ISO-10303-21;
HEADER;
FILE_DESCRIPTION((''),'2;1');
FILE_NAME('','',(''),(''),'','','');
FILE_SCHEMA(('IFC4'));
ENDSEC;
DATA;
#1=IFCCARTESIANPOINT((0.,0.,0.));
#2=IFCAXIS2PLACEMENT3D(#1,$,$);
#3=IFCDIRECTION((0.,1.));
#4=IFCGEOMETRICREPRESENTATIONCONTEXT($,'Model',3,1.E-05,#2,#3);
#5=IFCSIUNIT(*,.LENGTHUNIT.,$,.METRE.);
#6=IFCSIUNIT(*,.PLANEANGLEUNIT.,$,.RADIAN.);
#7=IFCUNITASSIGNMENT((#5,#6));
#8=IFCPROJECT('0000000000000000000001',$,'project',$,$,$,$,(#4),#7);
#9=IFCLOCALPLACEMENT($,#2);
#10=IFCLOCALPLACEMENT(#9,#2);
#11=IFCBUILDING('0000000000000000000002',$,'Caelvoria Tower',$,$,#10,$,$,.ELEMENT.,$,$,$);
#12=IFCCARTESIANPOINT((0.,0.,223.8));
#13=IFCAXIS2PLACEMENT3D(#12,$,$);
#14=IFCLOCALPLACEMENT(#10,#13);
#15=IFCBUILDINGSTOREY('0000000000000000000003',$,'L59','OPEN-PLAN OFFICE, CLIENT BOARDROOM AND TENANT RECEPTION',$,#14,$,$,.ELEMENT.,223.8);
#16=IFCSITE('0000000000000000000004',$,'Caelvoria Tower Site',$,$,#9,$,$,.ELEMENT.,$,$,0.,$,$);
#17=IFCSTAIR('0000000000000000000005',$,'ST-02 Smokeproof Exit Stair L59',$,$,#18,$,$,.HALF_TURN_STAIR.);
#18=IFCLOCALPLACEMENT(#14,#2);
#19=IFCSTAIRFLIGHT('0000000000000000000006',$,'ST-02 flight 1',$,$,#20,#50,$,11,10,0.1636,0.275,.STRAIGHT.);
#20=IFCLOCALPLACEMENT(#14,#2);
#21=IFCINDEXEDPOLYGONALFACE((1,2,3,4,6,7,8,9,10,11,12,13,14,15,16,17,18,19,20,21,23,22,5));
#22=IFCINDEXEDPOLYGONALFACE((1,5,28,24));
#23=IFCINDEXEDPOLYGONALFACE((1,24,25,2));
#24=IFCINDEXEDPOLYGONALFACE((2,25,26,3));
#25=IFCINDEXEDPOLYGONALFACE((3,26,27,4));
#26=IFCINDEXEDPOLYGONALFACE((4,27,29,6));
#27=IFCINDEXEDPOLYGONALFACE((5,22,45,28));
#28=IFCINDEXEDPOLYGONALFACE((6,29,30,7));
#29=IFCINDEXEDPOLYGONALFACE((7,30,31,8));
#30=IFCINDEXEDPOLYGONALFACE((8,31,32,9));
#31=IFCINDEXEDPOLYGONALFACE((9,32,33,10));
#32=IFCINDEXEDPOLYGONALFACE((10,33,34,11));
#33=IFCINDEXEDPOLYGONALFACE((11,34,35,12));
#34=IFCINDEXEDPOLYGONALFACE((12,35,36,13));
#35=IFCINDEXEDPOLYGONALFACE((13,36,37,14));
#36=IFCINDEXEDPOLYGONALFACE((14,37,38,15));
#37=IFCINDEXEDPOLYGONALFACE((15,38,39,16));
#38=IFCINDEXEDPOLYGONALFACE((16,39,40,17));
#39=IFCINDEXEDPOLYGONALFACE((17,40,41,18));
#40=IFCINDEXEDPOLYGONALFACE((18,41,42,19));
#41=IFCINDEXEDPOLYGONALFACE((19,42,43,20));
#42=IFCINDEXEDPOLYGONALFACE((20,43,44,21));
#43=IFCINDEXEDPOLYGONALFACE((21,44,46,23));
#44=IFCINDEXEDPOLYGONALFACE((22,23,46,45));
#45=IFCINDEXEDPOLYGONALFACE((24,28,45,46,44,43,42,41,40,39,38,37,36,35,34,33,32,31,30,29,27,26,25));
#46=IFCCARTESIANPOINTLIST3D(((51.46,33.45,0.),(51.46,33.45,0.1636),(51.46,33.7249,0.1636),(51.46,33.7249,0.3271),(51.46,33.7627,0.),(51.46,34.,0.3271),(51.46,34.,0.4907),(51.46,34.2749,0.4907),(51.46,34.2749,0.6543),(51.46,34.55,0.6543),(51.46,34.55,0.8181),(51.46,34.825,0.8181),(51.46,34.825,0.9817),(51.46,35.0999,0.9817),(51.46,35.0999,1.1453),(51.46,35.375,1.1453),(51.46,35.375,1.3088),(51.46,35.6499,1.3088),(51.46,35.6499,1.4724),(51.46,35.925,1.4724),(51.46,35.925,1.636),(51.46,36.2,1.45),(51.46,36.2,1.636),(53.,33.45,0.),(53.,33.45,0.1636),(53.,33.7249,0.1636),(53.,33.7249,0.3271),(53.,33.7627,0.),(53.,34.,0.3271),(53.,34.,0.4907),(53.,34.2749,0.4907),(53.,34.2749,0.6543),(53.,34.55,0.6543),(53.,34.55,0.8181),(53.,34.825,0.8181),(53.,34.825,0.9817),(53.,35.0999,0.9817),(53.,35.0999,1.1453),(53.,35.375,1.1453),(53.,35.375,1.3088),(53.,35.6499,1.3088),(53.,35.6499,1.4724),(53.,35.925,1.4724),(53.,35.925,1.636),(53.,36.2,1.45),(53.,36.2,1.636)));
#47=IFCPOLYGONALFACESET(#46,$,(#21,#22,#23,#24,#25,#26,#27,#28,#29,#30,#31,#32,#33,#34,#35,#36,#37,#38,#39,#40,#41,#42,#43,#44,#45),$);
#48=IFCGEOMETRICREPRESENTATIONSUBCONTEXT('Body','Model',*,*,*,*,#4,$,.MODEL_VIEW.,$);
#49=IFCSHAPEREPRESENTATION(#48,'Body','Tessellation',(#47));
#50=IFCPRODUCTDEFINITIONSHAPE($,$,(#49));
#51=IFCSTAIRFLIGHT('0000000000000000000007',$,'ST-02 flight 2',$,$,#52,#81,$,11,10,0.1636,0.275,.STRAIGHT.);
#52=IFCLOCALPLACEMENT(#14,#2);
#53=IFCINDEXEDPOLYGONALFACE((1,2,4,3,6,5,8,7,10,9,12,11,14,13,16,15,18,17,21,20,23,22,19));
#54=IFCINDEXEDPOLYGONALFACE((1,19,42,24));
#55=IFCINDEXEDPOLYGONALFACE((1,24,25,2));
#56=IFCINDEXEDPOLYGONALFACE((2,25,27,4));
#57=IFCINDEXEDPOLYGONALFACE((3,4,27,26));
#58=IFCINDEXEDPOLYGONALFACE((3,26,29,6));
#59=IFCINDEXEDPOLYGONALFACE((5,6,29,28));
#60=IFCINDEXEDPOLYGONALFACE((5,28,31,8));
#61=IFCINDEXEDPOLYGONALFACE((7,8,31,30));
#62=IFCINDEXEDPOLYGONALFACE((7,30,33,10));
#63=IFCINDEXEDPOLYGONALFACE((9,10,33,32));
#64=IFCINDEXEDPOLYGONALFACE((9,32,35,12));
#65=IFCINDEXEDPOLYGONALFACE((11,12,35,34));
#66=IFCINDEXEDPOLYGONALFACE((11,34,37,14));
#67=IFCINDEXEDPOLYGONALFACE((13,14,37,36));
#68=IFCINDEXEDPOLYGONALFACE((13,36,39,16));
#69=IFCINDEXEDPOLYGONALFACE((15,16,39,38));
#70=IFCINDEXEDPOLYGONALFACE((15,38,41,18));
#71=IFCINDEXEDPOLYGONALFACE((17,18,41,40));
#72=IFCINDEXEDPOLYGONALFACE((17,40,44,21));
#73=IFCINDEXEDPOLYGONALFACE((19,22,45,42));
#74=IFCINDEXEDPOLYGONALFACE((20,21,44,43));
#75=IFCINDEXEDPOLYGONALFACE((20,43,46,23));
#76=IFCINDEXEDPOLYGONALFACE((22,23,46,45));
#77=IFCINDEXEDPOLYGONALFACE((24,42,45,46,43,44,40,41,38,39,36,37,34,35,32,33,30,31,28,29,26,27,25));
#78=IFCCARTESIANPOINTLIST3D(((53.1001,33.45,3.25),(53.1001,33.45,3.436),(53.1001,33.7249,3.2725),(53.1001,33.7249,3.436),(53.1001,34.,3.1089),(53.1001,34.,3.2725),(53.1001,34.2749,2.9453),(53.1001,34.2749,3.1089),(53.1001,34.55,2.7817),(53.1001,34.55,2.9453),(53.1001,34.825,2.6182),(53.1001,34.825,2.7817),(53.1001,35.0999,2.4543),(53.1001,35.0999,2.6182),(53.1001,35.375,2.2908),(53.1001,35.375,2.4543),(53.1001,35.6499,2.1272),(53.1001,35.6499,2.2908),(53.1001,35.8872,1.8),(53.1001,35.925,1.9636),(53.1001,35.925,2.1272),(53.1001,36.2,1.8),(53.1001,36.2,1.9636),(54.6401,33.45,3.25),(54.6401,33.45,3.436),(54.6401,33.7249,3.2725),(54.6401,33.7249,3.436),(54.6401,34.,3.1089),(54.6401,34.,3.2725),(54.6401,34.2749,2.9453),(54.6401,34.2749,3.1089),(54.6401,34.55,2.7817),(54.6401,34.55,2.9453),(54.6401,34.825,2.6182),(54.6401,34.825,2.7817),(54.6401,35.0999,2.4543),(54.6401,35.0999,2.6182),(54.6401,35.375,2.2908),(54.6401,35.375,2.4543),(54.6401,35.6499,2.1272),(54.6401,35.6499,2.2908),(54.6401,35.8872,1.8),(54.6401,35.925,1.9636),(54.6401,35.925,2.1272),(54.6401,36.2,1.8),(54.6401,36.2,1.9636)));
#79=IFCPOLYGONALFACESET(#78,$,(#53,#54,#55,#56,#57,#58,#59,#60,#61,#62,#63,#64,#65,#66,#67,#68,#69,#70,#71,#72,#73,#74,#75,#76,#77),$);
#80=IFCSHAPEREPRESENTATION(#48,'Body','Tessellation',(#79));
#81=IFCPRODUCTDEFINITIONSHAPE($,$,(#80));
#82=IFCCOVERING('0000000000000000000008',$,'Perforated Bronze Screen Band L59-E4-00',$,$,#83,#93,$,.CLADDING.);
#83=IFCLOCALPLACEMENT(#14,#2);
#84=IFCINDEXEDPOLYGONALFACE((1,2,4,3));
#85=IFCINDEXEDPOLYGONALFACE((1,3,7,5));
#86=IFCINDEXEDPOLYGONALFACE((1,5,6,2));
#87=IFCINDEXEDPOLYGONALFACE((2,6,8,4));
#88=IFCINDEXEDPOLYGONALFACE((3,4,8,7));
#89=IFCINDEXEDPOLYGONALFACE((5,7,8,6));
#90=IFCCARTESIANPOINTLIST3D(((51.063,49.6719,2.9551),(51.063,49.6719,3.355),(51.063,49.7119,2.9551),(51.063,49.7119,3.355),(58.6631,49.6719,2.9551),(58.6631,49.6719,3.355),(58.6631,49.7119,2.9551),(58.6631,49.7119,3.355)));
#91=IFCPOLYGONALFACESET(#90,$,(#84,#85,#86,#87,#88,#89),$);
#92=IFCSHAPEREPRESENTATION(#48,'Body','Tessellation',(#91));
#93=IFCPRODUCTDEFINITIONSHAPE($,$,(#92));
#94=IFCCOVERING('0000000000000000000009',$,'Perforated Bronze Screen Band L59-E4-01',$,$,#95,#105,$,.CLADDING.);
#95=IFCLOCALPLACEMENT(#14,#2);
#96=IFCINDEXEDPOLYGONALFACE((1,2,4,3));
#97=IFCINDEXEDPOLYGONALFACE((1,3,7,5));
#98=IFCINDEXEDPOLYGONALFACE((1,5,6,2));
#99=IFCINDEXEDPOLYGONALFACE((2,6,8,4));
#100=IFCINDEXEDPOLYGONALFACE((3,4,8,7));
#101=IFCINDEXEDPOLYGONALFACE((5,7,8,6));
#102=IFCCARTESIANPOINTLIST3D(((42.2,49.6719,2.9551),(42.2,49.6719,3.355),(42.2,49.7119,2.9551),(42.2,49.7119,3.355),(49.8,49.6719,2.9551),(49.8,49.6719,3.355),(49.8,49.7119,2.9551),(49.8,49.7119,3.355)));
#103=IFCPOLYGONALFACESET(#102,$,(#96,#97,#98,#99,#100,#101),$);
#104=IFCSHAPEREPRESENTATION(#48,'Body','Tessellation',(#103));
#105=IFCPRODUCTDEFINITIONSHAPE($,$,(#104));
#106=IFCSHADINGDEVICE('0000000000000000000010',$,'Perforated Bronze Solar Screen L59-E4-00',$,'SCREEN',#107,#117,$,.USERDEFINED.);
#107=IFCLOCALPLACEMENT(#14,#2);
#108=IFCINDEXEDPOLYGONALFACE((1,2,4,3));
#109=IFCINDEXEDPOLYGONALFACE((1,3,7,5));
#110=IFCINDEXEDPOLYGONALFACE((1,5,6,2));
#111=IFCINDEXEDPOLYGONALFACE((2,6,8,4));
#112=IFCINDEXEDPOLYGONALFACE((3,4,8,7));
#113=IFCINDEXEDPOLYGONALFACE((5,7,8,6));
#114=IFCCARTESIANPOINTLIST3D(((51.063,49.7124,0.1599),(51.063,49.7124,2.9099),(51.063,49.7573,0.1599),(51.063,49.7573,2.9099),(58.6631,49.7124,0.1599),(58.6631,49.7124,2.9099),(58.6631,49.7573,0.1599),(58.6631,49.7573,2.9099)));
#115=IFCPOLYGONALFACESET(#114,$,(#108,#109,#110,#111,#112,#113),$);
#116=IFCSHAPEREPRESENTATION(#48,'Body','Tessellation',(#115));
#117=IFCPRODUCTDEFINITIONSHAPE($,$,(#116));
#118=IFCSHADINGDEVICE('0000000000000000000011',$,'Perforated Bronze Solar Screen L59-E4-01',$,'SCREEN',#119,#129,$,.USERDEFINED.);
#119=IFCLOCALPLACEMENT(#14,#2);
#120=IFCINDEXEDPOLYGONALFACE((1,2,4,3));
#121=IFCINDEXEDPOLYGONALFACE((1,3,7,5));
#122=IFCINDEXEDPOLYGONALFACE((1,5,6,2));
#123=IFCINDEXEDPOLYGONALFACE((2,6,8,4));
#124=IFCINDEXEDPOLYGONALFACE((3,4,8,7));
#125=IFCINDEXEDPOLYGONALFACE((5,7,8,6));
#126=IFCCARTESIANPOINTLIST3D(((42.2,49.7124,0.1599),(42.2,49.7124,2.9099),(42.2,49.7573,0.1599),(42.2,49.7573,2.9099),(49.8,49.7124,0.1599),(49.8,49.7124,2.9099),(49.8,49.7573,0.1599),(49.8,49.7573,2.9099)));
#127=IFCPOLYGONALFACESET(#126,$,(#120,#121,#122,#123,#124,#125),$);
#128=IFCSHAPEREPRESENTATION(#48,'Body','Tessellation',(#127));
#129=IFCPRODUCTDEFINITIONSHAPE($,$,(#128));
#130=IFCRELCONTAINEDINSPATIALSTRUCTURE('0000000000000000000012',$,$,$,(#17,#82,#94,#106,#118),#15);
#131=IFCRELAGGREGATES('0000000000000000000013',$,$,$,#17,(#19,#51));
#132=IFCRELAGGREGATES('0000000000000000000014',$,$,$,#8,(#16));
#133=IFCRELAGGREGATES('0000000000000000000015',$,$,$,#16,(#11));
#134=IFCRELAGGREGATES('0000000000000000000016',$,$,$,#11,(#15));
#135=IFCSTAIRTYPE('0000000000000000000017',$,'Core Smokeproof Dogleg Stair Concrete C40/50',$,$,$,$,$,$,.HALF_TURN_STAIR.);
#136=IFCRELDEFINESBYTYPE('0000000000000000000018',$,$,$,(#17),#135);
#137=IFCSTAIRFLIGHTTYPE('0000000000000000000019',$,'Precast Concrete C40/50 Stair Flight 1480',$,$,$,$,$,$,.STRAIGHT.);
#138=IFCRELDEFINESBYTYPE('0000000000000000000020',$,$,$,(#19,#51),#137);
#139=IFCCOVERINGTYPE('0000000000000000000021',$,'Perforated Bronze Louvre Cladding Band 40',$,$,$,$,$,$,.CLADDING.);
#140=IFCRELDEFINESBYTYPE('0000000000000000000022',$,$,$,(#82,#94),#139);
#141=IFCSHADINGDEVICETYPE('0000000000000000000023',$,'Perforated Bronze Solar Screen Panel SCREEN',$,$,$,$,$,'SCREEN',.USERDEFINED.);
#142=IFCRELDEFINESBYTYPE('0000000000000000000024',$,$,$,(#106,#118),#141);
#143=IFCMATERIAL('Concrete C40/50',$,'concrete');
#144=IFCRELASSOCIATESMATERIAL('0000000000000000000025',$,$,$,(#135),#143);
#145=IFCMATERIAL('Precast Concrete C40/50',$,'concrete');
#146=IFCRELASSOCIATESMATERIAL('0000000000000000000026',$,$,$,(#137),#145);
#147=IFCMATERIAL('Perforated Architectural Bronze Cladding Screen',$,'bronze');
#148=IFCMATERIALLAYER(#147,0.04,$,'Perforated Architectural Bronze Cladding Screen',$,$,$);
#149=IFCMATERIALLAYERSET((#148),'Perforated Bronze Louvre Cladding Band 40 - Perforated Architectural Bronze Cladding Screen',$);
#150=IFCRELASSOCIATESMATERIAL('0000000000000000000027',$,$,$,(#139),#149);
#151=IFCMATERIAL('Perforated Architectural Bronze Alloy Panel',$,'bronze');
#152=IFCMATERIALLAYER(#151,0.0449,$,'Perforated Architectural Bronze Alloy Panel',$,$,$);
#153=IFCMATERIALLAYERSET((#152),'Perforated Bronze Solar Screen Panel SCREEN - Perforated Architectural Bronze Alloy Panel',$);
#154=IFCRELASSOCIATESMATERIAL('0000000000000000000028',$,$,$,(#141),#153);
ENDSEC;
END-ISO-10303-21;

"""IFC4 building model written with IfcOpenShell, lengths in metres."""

from ifc_helpers import new_model, si_unit, direction, frame, origin, origin_2d, place, context, subcontext, project, spatial, polyline, rectangle, outline, extrude, material, layer, layer_set, type_object, element, aggregate, save


model = new_model("IFC4")

# Units and contexts
model_context = context("Model", 3, precision=1e-05, world=origin(), true_north=direction((0.0, 1.0)))
body_context = subcontext(model_context, "Body", "Model", "MODEL_VIEW")
ifc_project = project(units=[si_unit("LENGTHUNIT", "METRE"), si_unit("PLANEANGLEUNIT", "RADIAN")], contexts=[model_context])

# Site, building, storey
site_placement = place(None, origin())
site = spatial("IfcSite", under=ifc_project, at=site_placement, Name="Caelvoria Tower Site", CompositionType="ELEMENT", RefElevation=0.0)
building_placement = place(site_placement, origin())
building = spatial("IfcBuilding", under=site, at=building_placement, Name="Caelvoria Tower", CompositionType="ELEMENT")
storey_placement = place(building_placement, frame((0.0, 0.0, 223.8)))
storey = spatial("IfcBuildingStorey", under=building, at=storey_placement, Name="L59", Description="OPEN-PLAN OFFICE, CLIENT BOARDROOM AND TENANT RECEPTION", CompositionType="ELEMENT", Elevation=223.8)

# Stair, stair flights
ifc_material_1 = material(Name="Concrete C40/50", Category="concrete")
stair_type = type_object("IfcStairType", Name="Core Smokeproof Dogleg Stair Concrete C40/50", PredefinedType="HALF_TURN_STAIR", material=ifc_material_1)
stair_placement = place(storey_placement, origin())
stair = element("IfcStair", 1, at=stair_placement, inside=storey, type_object=stair_type, Name="ST-02 Smokeproof Exit Stair L59", PredefinedType="HALF_TURN_STAIR")
ifc_material_2 = material(Name="Precast Concrete C40/50", Category="concrete")
stair_flight_type = type_object("IfcStairFlightType", Name="Precast Concrete C40/50 Stair Flight 1480", PredefinedType="STRAIGHT", material=ifc_material_2)
stair_flight_1_placement = place(storey_placement, frame((52.23, 33.45, 0.0), z_axis=(0.0, 0.0, 1.0), x_axis=(0.0, 1.0, 0.0)))
stair_flight_1 = element("IfcStairFlight", 2, at=stair_flight_1_placement, type_object=stair_flight_type, Name="ST-02 flight 1", NumberOfRisers=11, NumberOfTreads=10, PredefinedType="STRAIGHT", RiserHeight=0.1636, TreadLength=0.275, context=body_context, shape_type="SweptSolid", body=[
    extrude(outline(polyline([(0.0, 0.0), (0.0, 0.1636), (0.2749, 0.1636), (0.2749, 0.3271), (0.55, 0.3271), (0.55, 0.4907), (0.825, 0.4907), (0.825, 0.6543), (1.1001, 0.6543), (1.1001, 0.8181), (1.375, 0.8181), (1.375, 0.9817), (1.6499, 0.9817), (1.6499, 1.1453), (1.925, 1.1453), (1.925, 1.3088), (2.2, 1.3088), (2.2, 1.4724), (2.4751, 1.4724), (2.4751, 1.636), (2.75, 1.636), (2.75, 1.7996), (2.75, 1.45), (0.3127, 0.0), (0.0, 0.0)])), frame((0.0, 0.77, 0.0), z_axis=(0.0, -1.0, 0.0), x_axis=(1.0, 0.0, 0.0)), (0.0, 0.0, 1.0), 1.54),
])
stair_flight_2_placement = place(storey_placement, frame((53.8701, 36.2, 1.8), z_axis=(0.0, 0.0, 1.0), x_axis=(0.0, -1.0, 0.0)))
stair_flight_2 = element("IfcStairFlight", 3, at=stair_flight_2_placement, type_object=stair_flight_type, Name="ST-02 flight 2", NumberOfRisers=11, NumberOfTreads=10, PredefinedType="STRAIGHT", RiserHeight=0.1636, TreadLength=0.275, context=body_context, shape_type="SweptSolid", body=[
    extrude(outline(polyline([(0.0, 0.0), (0.0, 0.1636), (0.2749, 0.1636), (0.2749, 0.3271), (0.55, 0.3271), (0.55, 0.4907), (0.825, 0.4907), (0.825, 0.6543), (1.1001, 0.6543), (1.1001, 0.8181), (1.375, 0.8181), (1.375, 0.9817), (1.6499, 0.9817), (1.6499, 1.1453), (1.925, 1.1453), (1.925, 1.3088), (2.2, 1.3088), (2.2, 1.4724), (2.4751, 1.4724), (2.4751, 1.636), (2.75, 1.636), (2.75, 1.7996), (2.75, 1.45), (0.3127, 0.0), (0.0, 0.0)])), frame((0.0, 0.77, 0.0), z_axis=(0.0, -1.0, 0.0), x_axis=(1.0, 0.0, 0.0)), (0.0, 0.0, 1.0), 1.54),
])
aggregate(stair, [stair_flight_1, stair_flight_2])

# Coverings
ifc_material_3 = material(Name="Perforated Architectural Bronze Cladding Screen", Category="bronze")
ifc_layer_1 = layer(ifc_material_3, 0.04, Name="Perforated Architectural Bronze Cladding Screen")
ifc_layer_set_1 = layer_set([ifc_layer_1], Name="Perforated Bronze Louvre Cladding Band 40 - Perforated Architectural Bronze Cladding Screen")
covering_type = type_object("IfcCoveringType", Name="Perforated Bronze Louvre Cladding Band 40", PredefinedType="CLADDING", material=ifc_layer_set_1)
for number, where, z_axis, x_axis, name in (
    (4, (54.863, 49.6919, 2.9551), (0.0, 0.0, 1.0), (-1.0, 0.0, 0.0), "Perforated Bronze Screen Band L59-E4-00"),
    (5, (46.0, 49.6919, 2.9551), (0.0, 0.0, 1.0), (-1.0, 0.0, 0.0), "Perforated Bronze Screen Band L59-E4-01"),
):
    element("IfcCovering", number, at=place(storey_placement, frame(where, z_axis=z_axis, x_axis=x_axis)), inside=storey, type_object=covering_type, Name=name, PredefinedType="CLADDING", context=body_context, shape_type="SweptSolid", body=[
        extrude(rectangle(XDim=7.6001, YDim=0.04, at=origin_2d()), origin(), (0.0, 0.0, 1.0), 0.3999),
    ])

# Shading devices
ifc_material_4 = material(Name="Perforated Architectural Bronze Alloy Panel", Category="bronze")
ifc_layer_2 = layer(ifc_material_4, 0.0449, Name="Perforated Architectural Bronze Alloy Panel")
ifc_layer_set_2 = layer_set([ifc_layer_2], Name="Perforated Bronze Solar Screen Panel SCREEN - Perforated Architectural Bronze Alloy Panel")
shading_device_type = type_object("IfcShadingDeviceType", Name="Perforated Bronze Solar Screen Panel SCREEN", ElementType="SCREEN", PredefinedType="USERDEFINED", material=ifc_layer_set_2)
for number, where, z_axis, x_axis, name in (
    (6, (54.863, 49.7349, 0.1599), (0.0, 0.0, 1.0), (-1.0, 0.0, 0.0), "Perforated Bronze Solar Screen L59-E4-00"),
    (7, (46.0, 49.7349, 0.1599), (0.0, 0.0, 1.0), (-1.0, 0.0, 0.0), "Perforated Bronze Solar Screen L59-E4-01"),
):
    element("IfcShadingDevice", number, at=place(storey_placement, frame(where, z_axis=z_axis, x_axis=x_axis)), inside=storey, type_object=shading_device_type, Name=name, ObjectType="SCREEN", PredefinedType="USERDEFINED", context=body_context, shape_type="SweptSolid", body=[
        extrude(rectangle(XDim=7.6001, YDim=0.0449, at=origin_2d()), origin(), (0.0, 0.0, 1.0), 2.75),
    ])

save(model, "model.ifc")
